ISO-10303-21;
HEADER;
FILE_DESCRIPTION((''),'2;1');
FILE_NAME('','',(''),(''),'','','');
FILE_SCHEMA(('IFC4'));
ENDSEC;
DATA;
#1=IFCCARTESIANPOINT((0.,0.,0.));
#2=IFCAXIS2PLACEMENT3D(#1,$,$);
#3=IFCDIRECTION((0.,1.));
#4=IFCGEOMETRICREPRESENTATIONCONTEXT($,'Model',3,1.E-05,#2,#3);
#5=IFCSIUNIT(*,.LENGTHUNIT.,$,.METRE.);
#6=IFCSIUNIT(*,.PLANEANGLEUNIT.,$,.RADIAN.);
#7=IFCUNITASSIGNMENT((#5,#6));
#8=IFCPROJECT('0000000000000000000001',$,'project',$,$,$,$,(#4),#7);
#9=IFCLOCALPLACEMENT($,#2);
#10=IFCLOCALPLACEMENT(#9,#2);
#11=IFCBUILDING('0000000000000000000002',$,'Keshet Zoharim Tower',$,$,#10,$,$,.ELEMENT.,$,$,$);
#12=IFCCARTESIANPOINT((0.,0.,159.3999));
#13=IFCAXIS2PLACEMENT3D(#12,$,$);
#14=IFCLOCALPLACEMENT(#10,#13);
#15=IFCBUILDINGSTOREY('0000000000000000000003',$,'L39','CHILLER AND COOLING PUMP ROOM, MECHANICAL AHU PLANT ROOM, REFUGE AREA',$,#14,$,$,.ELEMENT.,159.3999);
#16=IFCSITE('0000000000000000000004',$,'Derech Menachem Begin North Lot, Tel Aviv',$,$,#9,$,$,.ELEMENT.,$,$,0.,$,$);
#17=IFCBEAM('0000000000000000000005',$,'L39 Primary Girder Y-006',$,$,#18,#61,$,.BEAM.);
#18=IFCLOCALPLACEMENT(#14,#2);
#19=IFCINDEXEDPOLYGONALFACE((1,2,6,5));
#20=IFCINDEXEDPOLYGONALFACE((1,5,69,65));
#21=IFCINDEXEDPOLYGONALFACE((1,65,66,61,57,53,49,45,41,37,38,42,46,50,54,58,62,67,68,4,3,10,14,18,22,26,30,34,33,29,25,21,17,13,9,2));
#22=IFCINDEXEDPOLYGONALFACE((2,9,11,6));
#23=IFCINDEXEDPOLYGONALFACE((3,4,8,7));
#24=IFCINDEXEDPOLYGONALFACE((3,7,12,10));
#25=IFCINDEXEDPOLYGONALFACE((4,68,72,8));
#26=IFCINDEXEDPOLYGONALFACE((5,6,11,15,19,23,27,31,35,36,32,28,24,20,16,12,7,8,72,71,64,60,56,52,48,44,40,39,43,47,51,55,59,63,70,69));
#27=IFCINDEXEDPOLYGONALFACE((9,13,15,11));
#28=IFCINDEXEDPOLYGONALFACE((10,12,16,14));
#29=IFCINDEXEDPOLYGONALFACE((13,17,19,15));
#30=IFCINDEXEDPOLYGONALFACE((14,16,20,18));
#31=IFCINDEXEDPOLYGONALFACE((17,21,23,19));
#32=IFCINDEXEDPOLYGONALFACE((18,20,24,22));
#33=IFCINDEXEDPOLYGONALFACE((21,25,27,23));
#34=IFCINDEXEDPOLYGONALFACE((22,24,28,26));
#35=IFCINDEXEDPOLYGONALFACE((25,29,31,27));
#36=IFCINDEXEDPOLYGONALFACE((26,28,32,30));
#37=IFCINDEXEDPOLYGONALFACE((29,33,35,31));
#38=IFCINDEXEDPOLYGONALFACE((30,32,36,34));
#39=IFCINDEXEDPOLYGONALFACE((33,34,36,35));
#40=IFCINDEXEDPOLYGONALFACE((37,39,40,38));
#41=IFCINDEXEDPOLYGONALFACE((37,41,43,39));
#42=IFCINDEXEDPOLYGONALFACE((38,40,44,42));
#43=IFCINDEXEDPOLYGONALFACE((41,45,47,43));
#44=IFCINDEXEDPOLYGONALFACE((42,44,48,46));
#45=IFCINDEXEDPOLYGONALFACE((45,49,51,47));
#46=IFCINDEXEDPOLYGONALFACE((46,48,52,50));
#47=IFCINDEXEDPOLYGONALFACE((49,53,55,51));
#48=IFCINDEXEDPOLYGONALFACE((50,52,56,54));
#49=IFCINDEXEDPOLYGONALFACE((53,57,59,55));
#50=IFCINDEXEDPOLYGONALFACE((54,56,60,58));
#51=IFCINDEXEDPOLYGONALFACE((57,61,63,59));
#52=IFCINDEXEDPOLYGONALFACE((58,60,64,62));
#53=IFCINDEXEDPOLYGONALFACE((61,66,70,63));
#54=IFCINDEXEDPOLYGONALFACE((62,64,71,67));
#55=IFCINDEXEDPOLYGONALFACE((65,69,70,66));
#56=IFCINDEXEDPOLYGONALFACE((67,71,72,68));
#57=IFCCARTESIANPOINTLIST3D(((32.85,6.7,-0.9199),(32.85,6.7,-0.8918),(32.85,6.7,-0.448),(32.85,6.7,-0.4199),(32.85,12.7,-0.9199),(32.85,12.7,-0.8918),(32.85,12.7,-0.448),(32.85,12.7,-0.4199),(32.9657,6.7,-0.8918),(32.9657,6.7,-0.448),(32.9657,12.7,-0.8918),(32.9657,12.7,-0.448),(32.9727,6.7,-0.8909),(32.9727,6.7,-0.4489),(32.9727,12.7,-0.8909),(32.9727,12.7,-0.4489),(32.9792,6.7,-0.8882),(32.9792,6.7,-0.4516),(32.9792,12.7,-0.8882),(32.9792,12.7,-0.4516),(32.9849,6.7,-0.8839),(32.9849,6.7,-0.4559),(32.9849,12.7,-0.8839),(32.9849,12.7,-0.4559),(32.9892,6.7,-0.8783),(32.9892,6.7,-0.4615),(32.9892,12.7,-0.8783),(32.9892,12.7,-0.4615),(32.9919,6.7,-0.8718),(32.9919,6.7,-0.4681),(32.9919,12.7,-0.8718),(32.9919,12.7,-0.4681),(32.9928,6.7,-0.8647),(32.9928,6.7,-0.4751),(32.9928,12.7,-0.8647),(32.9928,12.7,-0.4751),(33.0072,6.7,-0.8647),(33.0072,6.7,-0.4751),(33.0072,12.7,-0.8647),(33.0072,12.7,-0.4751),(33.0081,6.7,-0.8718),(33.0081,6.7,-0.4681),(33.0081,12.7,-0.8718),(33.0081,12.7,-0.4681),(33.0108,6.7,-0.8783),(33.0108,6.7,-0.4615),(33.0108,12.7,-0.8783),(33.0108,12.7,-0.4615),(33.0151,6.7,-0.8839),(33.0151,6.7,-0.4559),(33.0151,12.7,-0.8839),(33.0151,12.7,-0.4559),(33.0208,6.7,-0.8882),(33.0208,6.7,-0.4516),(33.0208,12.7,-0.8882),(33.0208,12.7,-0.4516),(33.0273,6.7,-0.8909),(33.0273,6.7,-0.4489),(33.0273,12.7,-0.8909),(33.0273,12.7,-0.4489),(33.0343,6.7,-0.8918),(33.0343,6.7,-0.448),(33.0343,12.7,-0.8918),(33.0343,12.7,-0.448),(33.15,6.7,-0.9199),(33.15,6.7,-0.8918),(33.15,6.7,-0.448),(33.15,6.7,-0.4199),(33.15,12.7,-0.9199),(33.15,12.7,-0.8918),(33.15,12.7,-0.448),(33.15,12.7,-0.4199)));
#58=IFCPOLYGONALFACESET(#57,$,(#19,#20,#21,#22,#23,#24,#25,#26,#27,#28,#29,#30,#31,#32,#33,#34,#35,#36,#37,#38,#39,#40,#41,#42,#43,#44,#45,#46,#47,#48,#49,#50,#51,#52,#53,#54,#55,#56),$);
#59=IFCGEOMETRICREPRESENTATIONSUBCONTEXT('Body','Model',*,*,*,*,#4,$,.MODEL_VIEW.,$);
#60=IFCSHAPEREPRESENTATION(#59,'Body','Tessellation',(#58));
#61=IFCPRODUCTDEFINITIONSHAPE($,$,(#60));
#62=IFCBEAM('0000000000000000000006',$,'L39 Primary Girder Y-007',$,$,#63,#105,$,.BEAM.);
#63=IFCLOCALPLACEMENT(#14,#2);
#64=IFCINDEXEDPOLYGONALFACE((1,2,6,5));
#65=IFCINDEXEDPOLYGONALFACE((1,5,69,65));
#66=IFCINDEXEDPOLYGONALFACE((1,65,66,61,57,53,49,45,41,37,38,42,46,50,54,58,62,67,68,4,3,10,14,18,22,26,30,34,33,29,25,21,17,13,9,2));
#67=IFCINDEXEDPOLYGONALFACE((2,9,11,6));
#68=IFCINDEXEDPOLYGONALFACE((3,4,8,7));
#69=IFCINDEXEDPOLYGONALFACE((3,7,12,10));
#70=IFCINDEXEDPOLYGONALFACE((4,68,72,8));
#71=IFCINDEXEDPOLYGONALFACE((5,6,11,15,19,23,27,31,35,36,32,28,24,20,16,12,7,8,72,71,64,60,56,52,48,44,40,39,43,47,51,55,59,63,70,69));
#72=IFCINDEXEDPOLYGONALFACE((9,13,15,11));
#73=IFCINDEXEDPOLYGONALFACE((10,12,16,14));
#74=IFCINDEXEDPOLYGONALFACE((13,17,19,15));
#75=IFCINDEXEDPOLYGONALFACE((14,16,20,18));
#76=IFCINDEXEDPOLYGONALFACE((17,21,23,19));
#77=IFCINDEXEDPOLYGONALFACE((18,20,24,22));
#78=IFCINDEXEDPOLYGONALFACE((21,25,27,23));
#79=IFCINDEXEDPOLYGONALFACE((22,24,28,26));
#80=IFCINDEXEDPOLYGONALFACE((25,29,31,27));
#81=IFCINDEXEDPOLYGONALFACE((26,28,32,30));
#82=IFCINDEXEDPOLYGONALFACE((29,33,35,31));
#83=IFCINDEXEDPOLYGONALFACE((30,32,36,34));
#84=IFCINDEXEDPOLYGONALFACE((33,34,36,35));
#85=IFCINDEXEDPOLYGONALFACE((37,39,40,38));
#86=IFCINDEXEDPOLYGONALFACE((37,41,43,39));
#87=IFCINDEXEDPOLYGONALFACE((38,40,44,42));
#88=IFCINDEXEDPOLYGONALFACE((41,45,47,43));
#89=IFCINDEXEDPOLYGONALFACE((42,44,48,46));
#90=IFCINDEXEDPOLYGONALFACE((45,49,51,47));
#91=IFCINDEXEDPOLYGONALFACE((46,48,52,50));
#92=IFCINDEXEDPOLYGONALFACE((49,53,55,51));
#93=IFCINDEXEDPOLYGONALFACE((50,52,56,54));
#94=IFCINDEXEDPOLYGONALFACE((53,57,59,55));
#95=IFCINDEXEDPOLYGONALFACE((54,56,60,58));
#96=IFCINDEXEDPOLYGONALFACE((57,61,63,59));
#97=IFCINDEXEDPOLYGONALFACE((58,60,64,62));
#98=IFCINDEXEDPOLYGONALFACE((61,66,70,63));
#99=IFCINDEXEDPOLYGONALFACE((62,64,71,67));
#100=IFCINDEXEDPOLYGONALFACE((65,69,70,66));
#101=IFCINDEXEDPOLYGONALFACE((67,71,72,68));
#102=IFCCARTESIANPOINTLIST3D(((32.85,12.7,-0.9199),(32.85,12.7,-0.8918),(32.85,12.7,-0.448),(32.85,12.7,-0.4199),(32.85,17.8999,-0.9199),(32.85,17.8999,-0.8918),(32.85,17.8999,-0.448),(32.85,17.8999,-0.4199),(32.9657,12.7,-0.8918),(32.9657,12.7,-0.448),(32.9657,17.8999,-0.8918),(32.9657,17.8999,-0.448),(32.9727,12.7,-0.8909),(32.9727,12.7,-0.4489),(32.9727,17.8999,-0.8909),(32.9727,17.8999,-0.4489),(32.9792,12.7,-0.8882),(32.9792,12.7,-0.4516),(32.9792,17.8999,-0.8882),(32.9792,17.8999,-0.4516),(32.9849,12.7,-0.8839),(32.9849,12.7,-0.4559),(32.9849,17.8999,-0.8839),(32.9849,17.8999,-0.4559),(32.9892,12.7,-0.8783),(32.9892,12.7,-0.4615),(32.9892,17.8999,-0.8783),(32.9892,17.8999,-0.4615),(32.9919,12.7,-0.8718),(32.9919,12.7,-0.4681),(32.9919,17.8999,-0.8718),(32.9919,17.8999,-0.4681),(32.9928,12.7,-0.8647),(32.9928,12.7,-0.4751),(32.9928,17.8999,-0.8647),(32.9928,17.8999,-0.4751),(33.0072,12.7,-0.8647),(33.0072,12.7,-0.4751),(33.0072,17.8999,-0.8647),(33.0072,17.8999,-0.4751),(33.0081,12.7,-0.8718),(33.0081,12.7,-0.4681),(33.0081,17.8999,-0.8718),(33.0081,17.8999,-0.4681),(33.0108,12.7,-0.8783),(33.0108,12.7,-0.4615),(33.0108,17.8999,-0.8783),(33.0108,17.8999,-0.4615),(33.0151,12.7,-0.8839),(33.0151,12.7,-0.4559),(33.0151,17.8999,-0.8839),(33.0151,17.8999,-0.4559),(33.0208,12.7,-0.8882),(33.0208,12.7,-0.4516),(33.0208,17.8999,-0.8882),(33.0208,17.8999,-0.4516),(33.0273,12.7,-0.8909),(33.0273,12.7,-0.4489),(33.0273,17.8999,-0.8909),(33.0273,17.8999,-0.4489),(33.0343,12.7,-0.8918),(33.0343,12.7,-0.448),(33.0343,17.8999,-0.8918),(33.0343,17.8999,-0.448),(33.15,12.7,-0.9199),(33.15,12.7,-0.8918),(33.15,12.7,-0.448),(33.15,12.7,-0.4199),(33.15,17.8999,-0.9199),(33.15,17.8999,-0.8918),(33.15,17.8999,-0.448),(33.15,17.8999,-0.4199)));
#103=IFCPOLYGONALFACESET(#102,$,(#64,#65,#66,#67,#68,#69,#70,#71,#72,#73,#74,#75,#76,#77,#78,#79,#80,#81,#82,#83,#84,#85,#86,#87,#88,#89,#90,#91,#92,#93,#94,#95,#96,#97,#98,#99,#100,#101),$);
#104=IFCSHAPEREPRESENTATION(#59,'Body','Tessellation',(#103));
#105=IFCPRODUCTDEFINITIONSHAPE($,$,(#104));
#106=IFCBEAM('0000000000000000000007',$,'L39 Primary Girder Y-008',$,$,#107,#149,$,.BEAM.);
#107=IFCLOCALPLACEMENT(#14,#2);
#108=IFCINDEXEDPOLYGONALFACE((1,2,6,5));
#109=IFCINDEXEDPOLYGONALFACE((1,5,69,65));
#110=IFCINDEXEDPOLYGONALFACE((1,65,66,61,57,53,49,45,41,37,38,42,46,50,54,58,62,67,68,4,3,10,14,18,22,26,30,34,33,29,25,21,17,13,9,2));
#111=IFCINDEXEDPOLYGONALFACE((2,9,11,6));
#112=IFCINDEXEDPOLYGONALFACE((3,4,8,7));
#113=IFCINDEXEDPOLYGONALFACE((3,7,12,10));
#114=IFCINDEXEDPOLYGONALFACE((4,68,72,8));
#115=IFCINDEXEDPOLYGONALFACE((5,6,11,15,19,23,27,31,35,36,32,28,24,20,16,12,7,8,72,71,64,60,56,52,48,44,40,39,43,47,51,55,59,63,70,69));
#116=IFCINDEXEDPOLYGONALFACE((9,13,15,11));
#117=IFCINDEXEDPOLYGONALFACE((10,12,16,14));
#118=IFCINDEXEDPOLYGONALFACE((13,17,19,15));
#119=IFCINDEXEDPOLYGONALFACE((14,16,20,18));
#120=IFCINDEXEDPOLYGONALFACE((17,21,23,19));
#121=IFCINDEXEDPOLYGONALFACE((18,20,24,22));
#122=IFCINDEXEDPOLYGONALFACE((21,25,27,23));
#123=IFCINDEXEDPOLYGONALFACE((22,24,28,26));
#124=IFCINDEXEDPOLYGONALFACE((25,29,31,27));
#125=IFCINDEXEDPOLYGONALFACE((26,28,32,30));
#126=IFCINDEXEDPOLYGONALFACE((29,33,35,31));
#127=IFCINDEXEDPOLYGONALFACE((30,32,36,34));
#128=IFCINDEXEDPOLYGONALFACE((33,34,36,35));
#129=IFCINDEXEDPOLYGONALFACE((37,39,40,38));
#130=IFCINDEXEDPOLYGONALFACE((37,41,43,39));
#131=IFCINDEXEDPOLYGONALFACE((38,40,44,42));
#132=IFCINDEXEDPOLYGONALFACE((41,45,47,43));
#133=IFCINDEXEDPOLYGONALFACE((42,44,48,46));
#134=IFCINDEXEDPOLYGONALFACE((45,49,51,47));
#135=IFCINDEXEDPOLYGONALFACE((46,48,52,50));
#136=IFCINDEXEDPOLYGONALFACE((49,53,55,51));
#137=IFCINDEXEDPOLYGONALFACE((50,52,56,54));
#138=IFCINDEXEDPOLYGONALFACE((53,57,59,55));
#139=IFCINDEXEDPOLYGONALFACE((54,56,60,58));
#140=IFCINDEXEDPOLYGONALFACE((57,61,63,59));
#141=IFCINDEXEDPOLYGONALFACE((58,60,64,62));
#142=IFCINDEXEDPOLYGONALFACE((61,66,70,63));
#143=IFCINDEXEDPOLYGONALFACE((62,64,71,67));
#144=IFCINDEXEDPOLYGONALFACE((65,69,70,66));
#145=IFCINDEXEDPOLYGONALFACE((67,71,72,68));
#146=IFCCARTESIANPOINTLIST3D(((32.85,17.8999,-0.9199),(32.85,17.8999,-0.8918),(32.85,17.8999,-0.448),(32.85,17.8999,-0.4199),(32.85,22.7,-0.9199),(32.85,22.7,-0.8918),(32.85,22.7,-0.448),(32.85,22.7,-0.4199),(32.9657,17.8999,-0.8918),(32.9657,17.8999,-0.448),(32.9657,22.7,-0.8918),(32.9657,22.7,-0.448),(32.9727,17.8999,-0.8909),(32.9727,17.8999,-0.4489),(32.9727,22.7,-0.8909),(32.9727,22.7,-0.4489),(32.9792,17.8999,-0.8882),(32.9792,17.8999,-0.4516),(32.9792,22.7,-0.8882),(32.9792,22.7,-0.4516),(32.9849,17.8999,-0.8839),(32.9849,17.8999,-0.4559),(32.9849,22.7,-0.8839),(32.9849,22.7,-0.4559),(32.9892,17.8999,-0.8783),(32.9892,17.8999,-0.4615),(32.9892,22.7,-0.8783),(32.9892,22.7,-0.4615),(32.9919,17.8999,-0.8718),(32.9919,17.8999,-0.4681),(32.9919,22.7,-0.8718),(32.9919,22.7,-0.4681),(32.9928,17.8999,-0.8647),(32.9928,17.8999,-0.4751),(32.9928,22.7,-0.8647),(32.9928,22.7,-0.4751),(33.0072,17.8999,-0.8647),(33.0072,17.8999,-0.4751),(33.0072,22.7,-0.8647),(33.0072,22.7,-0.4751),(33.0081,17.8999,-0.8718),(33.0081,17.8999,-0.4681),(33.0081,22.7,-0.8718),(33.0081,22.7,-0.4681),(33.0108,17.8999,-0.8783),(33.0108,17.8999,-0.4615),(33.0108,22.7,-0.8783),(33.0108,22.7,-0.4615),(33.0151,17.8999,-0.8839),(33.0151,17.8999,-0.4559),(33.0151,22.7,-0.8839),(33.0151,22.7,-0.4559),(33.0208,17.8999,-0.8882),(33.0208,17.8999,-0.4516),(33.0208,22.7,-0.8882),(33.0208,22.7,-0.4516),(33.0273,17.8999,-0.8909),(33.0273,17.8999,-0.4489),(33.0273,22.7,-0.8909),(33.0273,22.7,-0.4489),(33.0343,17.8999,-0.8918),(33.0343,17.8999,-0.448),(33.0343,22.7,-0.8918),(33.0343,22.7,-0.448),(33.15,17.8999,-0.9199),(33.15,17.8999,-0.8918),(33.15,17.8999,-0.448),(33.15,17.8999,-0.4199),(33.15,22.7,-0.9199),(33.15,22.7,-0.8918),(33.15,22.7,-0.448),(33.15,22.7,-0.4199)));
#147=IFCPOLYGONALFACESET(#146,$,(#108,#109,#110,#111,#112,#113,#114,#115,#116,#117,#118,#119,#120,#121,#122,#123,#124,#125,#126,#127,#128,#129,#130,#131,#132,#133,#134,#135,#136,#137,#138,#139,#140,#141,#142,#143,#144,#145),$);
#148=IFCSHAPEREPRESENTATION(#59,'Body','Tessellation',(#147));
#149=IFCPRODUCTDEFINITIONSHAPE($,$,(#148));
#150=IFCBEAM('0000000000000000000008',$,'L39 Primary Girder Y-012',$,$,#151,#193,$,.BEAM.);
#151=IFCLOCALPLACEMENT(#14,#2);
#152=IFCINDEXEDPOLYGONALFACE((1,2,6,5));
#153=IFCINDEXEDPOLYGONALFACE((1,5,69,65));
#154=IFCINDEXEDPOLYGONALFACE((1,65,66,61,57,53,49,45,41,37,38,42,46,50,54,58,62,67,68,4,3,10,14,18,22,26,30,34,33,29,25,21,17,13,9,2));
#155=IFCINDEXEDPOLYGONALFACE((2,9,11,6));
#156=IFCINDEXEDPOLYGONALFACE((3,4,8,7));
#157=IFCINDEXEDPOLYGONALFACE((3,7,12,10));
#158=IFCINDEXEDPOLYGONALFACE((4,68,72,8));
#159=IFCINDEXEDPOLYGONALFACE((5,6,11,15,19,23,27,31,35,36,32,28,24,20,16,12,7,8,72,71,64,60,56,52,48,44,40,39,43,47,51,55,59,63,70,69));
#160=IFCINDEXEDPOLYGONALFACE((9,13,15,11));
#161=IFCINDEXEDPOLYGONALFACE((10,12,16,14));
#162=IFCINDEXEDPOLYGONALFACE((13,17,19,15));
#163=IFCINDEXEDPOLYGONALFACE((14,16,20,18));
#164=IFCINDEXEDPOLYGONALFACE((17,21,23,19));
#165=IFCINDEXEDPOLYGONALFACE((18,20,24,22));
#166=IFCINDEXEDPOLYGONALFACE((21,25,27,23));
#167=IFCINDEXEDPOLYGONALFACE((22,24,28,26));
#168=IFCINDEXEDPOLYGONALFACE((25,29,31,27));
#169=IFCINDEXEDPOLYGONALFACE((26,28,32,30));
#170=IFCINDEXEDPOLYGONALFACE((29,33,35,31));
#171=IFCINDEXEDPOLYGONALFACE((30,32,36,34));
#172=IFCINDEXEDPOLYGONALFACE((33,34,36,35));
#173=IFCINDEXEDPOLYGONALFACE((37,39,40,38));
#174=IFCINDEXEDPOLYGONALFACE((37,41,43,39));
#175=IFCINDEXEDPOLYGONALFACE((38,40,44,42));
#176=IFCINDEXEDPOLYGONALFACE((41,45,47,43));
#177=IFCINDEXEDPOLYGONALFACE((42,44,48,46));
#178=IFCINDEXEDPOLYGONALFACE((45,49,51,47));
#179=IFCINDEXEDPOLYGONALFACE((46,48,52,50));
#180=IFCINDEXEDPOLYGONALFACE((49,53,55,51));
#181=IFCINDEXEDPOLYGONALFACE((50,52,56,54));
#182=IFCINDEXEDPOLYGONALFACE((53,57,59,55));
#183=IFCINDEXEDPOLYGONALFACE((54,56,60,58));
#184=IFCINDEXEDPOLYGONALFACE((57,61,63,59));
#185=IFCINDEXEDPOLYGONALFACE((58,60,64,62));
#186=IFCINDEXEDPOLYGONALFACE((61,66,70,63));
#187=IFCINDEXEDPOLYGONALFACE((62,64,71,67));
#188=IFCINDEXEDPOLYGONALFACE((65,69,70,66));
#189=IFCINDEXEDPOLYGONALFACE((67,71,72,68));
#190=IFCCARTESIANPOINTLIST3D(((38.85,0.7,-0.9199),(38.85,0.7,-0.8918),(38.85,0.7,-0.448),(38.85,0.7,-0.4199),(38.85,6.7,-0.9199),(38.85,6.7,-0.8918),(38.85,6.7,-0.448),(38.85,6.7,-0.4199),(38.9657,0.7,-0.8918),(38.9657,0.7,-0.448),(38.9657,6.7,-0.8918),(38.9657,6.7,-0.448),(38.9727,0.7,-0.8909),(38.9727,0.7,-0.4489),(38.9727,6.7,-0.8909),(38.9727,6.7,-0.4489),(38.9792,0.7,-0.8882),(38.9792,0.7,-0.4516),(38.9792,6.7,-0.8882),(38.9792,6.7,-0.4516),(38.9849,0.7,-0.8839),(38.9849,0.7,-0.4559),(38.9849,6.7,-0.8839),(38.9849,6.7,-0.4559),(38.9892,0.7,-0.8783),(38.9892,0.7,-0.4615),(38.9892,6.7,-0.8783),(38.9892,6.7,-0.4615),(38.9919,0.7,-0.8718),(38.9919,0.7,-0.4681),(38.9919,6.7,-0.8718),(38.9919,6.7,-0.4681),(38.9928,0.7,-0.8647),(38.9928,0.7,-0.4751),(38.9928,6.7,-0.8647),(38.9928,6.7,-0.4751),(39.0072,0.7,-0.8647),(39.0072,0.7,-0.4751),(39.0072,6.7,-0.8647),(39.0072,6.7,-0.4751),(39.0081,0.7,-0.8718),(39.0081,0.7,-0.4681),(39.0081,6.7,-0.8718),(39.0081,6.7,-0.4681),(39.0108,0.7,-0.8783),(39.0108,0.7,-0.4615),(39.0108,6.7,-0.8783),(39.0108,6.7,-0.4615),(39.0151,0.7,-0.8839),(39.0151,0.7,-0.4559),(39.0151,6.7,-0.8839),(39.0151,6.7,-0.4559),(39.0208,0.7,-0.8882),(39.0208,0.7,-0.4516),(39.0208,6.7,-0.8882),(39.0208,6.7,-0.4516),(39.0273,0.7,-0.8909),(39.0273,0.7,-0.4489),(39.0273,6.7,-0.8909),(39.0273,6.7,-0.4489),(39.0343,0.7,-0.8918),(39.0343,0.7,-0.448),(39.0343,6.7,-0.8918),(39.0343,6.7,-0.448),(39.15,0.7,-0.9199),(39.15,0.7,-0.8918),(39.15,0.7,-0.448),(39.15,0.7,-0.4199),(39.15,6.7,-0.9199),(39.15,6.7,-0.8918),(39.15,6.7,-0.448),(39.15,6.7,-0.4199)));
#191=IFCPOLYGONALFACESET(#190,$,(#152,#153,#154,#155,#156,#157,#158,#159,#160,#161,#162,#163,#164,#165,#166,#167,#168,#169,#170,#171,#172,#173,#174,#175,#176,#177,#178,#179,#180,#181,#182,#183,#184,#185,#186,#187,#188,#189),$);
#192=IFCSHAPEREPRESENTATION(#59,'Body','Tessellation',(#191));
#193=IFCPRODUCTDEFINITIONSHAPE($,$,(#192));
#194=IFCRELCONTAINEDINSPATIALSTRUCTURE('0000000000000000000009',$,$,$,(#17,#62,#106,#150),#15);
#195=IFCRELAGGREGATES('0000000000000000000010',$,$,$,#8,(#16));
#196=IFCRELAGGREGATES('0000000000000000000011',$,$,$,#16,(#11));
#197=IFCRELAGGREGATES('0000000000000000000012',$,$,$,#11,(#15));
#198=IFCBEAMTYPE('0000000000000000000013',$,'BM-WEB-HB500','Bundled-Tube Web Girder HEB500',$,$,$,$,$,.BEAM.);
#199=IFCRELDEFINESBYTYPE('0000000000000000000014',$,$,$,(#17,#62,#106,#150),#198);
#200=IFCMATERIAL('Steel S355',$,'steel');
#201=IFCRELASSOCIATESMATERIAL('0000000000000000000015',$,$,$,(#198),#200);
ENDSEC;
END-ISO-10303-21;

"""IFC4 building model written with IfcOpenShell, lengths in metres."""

from ifc_helpers import new_model, si_unit, direction, frame, origin, origin_2d, place, context, subcontext, project, spatial, i_section, extrude, material, material_profile, profile_set, type_object, element, save


model = new_model("IFC4")

# Units and contexts
model_context = context("Model", 3, precision=1e-05, world=origin(), true_north=direction((0.0, 1.0)))
body_context = subcontext(model_context, "Body", "Model", "MODEL_VIEW")
ifc_project = project(units=[si_unit("LENGTHUNIT", "METRE"), si_unit("PLANEANGLEUNIT", "RADIAN")], contexts=[model_context])

# Site, building, storey
site_placement = place(None, origin())
site = spatial("IfcSite", under=ifc_project, at=site_placement, Name="Derech Menachem Begin North Lot, Tel Aviv", CompositionType="ELEMENT", RefElevation=0.0)
building_placement = place(site_placement, origin())
building = spatial("IfcBuilding", under=site, at=building_placement, Name="Keshet Zoharim Tower", CompositionType="ELEMENT")
storey_placement = place(building_placement, frame((0.0, 0.0, 159.3999)))
storey = spatial("IfcBuildingStorey", under=building, at=storey_placement, Name="L39", Description="CHILLER AND COOLING PUMP ROOM, MECHANICAL AHU PLANT ROOM, REFUGE AREA", CompositionType="ELEMENT", Elevation=159.3999)

# Shared definitions
ifc_material_1 = material(Name="Steel S355", Category="steel")

# Beams
ifc_material_profile_1 = material_profile(ifc_material_1, i_section(OverallWidth=0.3, OverallDepth=0.5, WebThickness=0.0144, FlangeThickness=0.0281, FilletRadius=0.0271, at=origin_2d()), Name="HEB500")
ifc_profile_set_1 = profile_set([ifc_material_profile_1], Name="Steel S355")
beam_type_1 = type_object("IfcBeamType", Name="BM-WEB-HB500", Description="Bundled-Tube Web Girder HEB500", PredefinedType="BEAM", material=ifc_profile_set_1)
for number, where, z_axis, x_axis, name in (
    (1, (33.0, 6.7, -0.6699), (0.0, 1.0, 0.0), (-1.0, 0.0, 0.0), "L39 Primary Girder Y-006"),
):
    element("IfcBeam", number, at=place(storey_placement, frame(where, z_axis=z_axis, x_axis=x_axis)), inside=storey, type_object=beam_type_1, Name=name, PredefinedType="BEAM", context=body_context, shape_type="SweptSolid", body=[
        extrude(i_section(OverallWidth=0.3, OverallDepth=0.5, WebThickness=0.0144, FlangeThickness=0.0281, FilletRadius=0.0271, at=origin_2d()), origin(), (0.0, 0.0, 1.0), 6.0),
    ])
beam_1_placement = place(storey_placement, frame((33.0, 12.7, -0.6699), z_axis=(0.0, 1.0, 0.0), x_axis=(-1.0, 0.0, 0.0)))
element("IfcBeam", 2, at=beam_1_placement, inside=storey, type_object=beam_type_1, Name="L39 Primary Girder Y-007", PredefinedType="BEAM", context=body_context, shape_type="SweptSolid", body=[
    extrude(i_section(OverallWidth=0.3, OverallDepth=0.5, WebThickness=0.0144, FlangeThickness=0.0281, FilletRadius=0.0271, at=origin_2d()), origin(), (0.0, 0.0, 1.0), 5.2),
])
beam_2_placement = place(storey_placement, frame((33.0, 17.8999, -0.6699), z_axis=(0.0, 1.0, 0.0), x_axis=(-1.0, 0.0, 0.0)))
element("IfcBeam", 3, at=beam_2_placement, inside=storey, type_object=beam_type_1, Name="L39 Primary Girder Y-008", PredefinedType="BEAM", context=body_context, shape_type="SweptSolid", body=[
    extrude(i_section(OverallWidth=0.3, OverallDepth=0.5, WebThickness=0.0144, FlangeThickness=0.0281, FilletRadius=0.0271, at=origin_2d()), origin(), (0.0, 0.0, 1.0), 4.8),
])
beam_3_placement = place(storey_placement, frame((39.0, 0.7, -0.6699), z_axis=(0.0, 1.0, 0.0), x_axis=(-1.0, 0.0, 0.0)))
element("IfcBeam", 4, at=beam_3_placement, inside=storey, type_object=beam_type_1, Name="L39 Primary Girder Y-012", PredefinedType="BEAM", context=body_context, shape_type="SweptSolid", body=[
    extrude(i_section(OverallWidth=0.3, OverallDepth=0.5, WebThickness=0.0144, FlangeThickness=0.0281, FilletRadius=0.0271, at=origin_2d()), origin(), (0.0, 0.0, 1.0), 6.0),
])

save(model, "model.ifc")
